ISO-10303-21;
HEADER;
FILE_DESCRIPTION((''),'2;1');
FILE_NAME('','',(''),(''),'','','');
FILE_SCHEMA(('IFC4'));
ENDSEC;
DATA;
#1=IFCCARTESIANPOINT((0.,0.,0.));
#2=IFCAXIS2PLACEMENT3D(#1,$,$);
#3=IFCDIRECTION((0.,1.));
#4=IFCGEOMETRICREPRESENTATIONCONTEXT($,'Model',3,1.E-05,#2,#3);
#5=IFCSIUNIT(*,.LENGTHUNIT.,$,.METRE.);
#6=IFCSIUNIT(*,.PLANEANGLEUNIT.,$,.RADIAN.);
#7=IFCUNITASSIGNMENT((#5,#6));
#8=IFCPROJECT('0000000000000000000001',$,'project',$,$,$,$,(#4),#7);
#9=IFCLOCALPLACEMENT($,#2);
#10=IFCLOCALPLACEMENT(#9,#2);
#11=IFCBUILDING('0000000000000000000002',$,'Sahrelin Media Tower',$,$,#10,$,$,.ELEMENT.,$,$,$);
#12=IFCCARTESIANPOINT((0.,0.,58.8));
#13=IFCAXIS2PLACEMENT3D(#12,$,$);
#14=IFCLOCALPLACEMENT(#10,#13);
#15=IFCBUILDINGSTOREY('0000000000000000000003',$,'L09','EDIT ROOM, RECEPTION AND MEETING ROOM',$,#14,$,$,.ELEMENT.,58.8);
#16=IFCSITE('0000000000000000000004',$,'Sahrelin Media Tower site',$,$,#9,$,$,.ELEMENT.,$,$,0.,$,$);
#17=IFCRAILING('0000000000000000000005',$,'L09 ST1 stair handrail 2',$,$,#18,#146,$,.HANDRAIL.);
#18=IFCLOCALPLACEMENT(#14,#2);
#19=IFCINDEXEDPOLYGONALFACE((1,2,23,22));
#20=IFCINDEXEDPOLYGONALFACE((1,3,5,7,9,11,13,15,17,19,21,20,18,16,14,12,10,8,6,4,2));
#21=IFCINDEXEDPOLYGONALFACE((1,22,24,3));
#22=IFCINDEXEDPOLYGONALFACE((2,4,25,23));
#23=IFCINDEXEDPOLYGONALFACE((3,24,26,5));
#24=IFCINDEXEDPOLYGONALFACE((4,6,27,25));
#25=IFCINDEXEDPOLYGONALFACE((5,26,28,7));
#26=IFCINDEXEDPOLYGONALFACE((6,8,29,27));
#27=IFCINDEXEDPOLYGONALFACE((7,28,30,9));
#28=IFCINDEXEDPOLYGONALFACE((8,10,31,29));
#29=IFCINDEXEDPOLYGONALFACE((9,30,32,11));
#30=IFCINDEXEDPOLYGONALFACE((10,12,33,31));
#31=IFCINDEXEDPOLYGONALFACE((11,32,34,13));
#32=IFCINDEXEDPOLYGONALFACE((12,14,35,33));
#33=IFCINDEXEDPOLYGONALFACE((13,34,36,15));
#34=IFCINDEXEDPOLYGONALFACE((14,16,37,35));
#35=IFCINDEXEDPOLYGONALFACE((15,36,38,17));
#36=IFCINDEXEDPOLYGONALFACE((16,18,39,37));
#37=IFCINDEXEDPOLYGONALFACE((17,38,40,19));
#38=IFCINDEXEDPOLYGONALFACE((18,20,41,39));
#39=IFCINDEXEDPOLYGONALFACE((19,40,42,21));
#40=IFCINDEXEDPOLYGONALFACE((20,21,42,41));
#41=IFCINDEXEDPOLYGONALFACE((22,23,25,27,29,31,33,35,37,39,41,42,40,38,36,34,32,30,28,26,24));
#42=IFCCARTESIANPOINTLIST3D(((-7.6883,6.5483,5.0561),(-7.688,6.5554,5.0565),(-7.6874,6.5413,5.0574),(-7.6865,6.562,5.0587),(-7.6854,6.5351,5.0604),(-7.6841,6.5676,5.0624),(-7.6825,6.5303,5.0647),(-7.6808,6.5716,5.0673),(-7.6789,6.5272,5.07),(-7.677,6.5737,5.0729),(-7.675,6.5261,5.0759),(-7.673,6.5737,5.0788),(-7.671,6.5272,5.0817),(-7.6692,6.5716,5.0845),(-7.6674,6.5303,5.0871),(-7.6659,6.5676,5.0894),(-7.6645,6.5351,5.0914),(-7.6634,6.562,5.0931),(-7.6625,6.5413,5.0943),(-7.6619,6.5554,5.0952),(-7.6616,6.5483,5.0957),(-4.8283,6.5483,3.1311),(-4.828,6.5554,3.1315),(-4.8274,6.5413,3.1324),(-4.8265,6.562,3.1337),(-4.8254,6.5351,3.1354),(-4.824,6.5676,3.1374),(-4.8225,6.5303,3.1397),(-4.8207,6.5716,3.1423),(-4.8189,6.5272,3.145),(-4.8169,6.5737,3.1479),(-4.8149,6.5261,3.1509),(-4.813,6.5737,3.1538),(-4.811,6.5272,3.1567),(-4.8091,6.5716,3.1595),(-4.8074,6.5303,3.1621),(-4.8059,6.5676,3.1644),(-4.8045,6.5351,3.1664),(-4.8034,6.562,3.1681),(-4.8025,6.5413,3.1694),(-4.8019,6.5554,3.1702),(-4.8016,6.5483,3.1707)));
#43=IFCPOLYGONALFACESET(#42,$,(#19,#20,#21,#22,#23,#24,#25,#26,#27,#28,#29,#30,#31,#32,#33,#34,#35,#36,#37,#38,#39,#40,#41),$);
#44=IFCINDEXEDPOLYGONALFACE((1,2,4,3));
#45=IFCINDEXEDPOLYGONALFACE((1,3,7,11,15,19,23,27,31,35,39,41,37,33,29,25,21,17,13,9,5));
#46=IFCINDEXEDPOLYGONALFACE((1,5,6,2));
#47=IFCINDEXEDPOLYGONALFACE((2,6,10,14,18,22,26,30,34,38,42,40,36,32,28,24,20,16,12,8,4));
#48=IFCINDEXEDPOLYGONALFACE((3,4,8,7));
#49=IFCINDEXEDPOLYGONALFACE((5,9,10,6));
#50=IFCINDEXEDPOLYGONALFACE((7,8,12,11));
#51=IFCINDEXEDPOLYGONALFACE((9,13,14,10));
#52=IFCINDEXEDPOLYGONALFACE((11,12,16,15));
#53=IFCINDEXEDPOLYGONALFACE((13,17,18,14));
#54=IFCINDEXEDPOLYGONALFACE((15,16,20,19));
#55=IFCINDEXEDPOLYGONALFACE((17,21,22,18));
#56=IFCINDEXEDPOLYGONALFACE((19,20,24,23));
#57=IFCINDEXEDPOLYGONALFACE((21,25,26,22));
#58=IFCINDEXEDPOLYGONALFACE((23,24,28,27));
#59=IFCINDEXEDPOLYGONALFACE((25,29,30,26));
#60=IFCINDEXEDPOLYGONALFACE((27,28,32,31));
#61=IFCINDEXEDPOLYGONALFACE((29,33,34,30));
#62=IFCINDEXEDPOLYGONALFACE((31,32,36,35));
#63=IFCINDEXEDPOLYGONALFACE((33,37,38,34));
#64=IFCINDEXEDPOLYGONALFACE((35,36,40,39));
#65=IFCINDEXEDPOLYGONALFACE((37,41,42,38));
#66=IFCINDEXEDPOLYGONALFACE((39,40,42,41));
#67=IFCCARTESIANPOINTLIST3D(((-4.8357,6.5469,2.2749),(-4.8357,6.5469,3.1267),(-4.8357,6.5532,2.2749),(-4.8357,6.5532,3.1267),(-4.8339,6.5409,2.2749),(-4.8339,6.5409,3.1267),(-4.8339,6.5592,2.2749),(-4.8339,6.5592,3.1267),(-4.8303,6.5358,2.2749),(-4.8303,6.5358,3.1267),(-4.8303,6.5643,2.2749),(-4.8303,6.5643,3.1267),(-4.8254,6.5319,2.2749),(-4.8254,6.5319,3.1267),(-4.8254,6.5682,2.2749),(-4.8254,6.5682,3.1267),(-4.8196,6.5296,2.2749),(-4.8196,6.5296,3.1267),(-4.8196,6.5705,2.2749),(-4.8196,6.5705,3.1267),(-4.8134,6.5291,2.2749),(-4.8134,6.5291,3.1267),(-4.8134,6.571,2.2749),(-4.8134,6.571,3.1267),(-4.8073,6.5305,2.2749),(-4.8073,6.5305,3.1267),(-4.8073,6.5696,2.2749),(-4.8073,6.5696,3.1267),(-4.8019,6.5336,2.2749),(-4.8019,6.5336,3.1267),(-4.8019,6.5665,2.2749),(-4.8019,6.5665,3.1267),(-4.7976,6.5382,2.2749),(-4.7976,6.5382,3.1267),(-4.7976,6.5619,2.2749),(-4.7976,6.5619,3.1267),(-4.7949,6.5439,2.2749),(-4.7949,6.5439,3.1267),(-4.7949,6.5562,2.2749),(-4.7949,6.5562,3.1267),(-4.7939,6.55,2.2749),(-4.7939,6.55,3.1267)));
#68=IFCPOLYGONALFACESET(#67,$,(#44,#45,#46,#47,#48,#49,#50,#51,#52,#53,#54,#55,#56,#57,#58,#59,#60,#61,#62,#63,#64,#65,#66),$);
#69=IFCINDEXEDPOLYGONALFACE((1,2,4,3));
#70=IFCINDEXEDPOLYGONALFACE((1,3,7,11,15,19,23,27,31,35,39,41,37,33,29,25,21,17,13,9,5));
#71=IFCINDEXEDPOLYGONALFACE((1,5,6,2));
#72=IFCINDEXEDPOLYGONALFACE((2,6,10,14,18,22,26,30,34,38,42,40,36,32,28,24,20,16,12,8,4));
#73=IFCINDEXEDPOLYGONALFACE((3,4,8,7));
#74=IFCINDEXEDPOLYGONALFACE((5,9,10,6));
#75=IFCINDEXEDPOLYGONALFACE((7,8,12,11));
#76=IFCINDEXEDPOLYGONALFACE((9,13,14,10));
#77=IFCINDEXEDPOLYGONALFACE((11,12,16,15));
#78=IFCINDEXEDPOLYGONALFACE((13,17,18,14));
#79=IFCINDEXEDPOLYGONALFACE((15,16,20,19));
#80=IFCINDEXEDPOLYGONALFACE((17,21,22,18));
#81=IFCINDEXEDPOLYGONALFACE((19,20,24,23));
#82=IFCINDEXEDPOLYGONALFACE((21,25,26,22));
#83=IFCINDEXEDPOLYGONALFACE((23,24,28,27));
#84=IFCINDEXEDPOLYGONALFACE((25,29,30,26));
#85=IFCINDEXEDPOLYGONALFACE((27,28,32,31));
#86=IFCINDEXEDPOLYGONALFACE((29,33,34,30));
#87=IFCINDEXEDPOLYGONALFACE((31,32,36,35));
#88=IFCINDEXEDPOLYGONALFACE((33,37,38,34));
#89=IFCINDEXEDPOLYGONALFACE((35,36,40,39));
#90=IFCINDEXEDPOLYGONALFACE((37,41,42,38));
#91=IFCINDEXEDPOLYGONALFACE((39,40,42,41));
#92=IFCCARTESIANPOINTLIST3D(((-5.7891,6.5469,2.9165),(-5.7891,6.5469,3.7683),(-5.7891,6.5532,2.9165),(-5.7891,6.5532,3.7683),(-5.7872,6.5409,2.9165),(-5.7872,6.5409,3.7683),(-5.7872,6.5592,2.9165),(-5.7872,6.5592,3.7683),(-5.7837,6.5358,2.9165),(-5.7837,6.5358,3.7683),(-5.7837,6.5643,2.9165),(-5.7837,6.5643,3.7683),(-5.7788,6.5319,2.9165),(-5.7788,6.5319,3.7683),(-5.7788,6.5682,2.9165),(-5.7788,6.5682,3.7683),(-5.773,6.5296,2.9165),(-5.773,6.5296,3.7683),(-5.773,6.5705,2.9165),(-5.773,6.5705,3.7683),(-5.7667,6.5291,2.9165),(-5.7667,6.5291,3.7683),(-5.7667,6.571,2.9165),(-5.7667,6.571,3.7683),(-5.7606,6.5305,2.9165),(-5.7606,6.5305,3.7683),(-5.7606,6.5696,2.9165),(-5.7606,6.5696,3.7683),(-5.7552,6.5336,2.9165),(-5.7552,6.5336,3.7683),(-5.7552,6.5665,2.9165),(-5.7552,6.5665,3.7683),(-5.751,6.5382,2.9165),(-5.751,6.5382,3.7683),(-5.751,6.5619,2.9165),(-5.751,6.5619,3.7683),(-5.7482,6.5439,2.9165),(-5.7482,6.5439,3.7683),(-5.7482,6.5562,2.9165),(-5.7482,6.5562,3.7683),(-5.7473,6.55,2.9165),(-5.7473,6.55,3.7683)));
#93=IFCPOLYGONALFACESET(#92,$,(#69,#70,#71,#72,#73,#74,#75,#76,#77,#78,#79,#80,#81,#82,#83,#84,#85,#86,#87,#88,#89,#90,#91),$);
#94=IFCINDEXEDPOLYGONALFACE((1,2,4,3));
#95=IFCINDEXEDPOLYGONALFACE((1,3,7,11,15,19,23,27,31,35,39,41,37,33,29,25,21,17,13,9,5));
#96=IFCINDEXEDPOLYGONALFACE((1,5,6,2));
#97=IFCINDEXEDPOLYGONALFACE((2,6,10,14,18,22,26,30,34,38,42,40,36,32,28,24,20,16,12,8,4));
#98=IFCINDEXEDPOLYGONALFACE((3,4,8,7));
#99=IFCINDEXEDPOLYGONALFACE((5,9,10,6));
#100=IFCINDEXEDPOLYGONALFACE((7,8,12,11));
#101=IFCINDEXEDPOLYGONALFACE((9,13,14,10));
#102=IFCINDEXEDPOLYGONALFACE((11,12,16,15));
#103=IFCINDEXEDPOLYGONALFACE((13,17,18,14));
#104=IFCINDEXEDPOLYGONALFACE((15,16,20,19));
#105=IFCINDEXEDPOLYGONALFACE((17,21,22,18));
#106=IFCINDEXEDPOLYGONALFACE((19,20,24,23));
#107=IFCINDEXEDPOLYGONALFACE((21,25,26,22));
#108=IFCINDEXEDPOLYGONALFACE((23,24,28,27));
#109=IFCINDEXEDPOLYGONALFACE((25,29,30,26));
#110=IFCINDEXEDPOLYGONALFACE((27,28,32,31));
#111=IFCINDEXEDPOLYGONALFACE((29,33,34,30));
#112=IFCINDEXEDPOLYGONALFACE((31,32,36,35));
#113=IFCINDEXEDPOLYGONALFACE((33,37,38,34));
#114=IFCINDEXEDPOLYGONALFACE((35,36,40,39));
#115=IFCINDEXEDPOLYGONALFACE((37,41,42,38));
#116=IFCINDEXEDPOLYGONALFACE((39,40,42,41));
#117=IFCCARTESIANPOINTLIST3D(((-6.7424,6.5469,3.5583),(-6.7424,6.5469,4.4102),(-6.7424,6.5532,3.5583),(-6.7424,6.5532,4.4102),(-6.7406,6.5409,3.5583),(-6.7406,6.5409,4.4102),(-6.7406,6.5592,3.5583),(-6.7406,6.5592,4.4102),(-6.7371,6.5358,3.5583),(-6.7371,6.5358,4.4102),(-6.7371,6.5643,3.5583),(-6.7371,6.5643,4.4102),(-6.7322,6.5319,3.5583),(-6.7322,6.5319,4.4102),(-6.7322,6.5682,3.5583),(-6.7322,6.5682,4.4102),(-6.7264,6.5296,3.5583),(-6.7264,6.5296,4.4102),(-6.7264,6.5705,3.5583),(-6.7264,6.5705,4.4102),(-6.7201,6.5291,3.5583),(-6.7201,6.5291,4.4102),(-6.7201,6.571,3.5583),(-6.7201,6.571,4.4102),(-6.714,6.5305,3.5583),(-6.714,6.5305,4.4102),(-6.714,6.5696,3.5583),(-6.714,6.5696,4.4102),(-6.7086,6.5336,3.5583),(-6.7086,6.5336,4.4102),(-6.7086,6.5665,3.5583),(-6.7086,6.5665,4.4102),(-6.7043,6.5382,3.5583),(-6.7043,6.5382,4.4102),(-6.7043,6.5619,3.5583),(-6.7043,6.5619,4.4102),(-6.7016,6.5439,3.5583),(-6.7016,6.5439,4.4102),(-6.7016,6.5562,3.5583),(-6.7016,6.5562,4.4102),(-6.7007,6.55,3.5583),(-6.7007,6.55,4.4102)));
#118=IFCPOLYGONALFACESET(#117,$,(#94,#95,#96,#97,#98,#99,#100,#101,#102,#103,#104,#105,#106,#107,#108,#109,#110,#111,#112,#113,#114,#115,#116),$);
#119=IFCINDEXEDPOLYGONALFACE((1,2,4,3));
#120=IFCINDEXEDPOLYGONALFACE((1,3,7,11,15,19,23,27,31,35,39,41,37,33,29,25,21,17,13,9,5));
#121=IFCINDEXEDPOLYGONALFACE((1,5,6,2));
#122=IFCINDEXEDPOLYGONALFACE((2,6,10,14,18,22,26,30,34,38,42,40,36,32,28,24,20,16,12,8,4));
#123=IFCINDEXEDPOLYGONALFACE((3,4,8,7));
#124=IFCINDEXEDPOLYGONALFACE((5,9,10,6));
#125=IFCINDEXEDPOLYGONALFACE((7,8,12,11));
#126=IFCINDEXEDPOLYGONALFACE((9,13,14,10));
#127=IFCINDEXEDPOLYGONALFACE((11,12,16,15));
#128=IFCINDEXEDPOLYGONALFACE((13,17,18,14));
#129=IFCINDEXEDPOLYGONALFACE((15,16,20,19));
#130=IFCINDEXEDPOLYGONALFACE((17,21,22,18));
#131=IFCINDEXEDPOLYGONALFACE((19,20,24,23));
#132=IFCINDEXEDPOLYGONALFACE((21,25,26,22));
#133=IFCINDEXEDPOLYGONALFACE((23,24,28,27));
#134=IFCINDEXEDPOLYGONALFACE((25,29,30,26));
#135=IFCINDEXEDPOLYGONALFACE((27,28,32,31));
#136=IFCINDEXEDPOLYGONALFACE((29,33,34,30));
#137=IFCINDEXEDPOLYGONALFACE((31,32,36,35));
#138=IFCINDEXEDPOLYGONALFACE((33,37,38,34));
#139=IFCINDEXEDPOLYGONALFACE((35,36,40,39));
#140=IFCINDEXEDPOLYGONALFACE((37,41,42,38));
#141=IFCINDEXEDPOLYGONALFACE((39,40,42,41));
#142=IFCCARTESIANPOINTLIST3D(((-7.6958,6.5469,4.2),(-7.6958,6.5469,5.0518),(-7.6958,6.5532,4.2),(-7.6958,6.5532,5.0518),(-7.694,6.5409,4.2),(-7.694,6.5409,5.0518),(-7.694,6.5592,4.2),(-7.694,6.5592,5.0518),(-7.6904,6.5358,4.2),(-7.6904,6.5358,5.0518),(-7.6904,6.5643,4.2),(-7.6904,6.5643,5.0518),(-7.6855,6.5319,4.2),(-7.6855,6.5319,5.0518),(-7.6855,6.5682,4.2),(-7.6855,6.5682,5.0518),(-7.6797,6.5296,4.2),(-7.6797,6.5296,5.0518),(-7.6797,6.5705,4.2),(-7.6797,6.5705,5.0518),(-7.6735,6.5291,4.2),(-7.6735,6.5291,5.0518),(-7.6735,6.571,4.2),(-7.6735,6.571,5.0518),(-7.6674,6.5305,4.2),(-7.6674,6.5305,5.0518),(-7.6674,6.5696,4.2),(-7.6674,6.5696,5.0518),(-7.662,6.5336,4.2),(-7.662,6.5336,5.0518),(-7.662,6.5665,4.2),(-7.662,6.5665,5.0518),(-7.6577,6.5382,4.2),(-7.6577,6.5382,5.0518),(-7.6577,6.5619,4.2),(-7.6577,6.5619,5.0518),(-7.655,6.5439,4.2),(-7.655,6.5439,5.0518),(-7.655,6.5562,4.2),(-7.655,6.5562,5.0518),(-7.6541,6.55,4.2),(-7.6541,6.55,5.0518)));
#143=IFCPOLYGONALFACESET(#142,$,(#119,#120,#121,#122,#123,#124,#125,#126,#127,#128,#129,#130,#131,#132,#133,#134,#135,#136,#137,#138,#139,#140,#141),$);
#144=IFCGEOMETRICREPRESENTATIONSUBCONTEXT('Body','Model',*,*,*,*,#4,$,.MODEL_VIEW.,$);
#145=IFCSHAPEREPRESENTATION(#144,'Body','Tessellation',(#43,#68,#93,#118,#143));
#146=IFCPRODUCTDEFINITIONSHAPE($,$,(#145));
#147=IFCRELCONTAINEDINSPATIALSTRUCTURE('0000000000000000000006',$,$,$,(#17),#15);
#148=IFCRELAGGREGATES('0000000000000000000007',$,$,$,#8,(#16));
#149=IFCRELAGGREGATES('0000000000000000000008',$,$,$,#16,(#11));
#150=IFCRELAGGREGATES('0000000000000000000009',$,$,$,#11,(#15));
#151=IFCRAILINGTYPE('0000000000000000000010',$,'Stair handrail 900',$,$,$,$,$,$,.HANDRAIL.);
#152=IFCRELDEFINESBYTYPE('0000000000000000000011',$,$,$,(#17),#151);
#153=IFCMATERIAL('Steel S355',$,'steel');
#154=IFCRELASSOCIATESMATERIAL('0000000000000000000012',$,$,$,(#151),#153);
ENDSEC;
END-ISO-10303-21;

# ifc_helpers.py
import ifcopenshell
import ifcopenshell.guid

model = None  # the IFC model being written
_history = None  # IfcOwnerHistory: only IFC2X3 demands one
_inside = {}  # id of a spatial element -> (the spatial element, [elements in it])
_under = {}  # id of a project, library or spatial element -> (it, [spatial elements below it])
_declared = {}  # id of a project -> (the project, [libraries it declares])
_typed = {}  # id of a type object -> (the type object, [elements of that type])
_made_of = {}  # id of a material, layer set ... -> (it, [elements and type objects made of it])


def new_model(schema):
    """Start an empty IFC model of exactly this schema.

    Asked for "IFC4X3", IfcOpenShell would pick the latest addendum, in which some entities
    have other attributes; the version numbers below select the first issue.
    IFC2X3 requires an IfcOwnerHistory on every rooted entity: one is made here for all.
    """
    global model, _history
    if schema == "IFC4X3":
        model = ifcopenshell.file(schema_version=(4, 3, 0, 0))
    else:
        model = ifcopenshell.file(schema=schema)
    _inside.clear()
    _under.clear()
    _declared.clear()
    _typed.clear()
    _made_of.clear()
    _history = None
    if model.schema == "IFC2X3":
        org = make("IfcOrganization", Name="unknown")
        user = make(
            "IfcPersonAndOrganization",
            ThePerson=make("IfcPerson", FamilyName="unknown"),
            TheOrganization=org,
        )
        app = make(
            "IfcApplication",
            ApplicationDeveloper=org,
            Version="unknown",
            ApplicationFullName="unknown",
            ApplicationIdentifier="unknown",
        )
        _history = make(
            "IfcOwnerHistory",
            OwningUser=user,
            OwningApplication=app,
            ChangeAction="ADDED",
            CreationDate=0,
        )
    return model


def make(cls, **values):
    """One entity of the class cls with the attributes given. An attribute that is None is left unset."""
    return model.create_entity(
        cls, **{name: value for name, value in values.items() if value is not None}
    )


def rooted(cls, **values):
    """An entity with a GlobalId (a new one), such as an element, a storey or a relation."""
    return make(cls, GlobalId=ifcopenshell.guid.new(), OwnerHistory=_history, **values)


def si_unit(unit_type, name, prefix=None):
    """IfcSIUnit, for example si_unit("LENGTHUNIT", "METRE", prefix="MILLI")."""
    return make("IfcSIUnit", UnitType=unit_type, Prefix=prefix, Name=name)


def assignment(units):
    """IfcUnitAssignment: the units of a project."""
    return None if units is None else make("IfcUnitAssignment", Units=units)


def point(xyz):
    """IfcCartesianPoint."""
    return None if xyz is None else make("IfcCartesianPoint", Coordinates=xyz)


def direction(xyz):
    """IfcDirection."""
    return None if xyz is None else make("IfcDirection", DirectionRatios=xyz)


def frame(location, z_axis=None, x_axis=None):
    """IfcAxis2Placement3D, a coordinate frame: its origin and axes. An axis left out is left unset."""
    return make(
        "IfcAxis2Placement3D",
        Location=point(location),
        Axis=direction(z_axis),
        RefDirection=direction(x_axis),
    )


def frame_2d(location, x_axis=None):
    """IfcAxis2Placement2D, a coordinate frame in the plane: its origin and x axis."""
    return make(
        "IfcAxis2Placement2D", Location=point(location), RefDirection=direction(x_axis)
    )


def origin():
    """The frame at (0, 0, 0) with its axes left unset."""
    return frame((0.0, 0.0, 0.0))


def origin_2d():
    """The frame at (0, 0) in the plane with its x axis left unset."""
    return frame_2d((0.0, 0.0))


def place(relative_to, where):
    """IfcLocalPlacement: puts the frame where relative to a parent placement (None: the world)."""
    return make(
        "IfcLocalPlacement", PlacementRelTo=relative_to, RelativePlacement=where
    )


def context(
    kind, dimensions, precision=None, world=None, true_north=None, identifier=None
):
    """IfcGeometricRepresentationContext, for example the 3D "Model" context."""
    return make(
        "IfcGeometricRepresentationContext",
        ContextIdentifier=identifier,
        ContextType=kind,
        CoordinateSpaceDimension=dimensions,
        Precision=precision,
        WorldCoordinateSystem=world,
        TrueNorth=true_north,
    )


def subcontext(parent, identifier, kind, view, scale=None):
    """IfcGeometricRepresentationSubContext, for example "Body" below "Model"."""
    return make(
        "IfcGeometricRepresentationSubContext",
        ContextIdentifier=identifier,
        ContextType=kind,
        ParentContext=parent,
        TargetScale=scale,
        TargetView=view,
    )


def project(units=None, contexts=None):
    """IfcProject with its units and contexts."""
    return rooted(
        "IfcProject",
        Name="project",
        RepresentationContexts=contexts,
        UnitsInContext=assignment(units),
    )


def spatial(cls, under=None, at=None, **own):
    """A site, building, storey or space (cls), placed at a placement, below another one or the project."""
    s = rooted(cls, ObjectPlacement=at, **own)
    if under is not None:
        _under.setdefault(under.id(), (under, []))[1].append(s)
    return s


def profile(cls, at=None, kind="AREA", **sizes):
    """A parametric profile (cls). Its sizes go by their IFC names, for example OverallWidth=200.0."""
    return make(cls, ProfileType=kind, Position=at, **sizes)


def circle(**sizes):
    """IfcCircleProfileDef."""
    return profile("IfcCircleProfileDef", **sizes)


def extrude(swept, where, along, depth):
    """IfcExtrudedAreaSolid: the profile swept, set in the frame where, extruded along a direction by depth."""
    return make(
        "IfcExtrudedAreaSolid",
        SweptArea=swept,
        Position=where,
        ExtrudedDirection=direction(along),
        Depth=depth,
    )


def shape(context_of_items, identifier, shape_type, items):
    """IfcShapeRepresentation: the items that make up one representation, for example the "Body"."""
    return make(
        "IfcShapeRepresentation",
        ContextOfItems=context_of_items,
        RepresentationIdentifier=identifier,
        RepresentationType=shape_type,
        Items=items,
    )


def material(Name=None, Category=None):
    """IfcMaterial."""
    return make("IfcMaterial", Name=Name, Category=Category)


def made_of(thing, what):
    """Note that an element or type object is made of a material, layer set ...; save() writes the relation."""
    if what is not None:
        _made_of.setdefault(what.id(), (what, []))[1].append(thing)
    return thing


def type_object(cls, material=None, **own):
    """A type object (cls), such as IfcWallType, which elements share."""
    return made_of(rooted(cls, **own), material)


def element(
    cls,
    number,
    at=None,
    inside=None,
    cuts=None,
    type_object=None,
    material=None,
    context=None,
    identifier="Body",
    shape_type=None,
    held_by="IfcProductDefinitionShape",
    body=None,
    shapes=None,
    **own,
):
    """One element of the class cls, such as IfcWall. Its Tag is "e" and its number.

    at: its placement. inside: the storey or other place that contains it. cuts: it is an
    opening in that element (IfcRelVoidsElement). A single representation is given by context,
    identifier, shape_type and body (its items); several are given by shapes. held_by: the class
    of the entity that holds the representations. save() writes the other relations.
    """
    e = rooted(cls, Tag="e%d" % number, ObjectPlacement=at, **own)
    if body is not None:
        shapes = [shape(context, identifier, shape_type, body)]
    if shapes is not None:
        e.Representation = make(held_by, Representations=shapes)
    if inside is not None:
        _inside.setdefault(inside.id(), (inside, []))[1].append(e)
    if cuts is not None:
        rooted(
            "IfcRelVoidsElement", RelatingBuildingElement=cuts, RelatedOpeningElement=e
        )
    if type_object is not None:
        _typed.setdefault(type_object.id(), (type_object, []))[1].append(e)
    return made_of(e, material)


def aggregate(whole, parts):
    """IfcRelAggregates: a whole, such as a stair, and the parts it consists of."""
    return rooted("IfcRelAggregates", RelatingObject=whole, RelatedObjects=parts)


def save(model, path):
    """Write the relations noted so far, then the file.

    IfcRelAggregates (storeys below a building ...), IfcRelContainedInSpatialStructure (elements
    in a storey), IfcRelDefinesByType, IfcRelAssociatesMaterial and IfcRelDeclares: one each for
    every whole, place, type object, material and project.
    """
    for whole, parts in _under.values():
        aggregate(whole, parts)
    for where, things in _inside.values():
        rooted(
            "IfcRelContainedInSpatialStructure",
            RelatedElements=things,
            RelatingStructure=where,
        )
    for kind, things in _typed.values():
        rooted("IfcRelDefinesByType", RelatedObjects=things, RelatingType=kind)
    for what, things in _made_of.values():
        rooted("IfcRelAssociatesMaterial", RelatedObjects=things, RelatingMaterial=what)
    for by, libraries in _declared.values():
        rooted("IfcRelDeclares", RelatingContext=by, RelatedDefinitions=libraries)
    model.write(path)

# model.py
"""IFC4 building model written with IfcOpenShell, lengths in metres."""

from ifc_helpers import new_model, si_unit, direction, frame, origin, origin_2d, place, context, subcontext, project, spatial, circle, extrude, material, type_object, element, save


model = new_model("IFC4")

# Units and contexts
model_context = context("Model", 3, precision=1e-05, world=origin(), true_north=direction((0.0, 1.0)))
body_context = subcontext(model_context, "Body", "Model", "MODEL_VIEW")
ifc_project = project(units=[si_unit("LENGTHUNIT", "METRE"), si_unit("PLANEANGLEUNIT", "RADIAN")], contexts=[model_context])

# Site, building, storey
site_placement = place(None, origin())
site = spatial("IfcSite", under=ifc_project, at=site_placement, Name="Sahrelin Media Tower site", CompositionType="ELEMENT", RefElevation=0.0)
building_placement = place(site_placement, origin())
building = spatial("IfcBuilding", under=site, at=building_placement, Name="Sahrelin Media Tower", CompositionType="ELEMENT")
storey_placement = place(building_placement, frame((0.0, 0.0, 58.8)))
storey = spatial("IfcBuildingStorey", under=building, at=storey_placement, Name="L09", Description="EDIT ROOM, RECEPTION AND MEETING ROOM", CompositionType="ELEMENT", Elevation=58.8)

# Shared definitions
ifc_material_1 = material(Name="Steel S355", Category="steel")

# Railing
railing_type_1 = type_object("IfcRailingType", Name="Stair handrail 900", PredefinedType="HANDRAIL", material=ifc_material_1)
railing_1_placement = place(storey_placement, frame((-4.8149, 6.55, 2.2749)))
element("IfcRailing", 1, at=railing_1_placement, inside=storey, type_object=railing_type_1, Name="L09 ST1 stair handrail 2", PredefinedType="HANDRAIL", context=body_context, shape_type="SweptSolid", body=[
    extrude(circle(Radius=0.0239, at=origin_2d()), frame((0.0, 0.0, 0.876), z_axis=(-0.829591, 0.0, 0.558372), x_axis=(0.0, -1.0, 0.0)), (0.0, 0.0, 1.0), 3.4475),
    extrude(circle(Radius=0.021, at=origin_2d()), origin(), (0.0, 0.0, 1.0), 0.8518),
    extrude(circle(Radius=0.021, at=origin_2d()), frame((-0.9534, 0.0, 0.6416)), (0.0, 0.0, 1.0), 0.8518),
    extrude(circle(Radius=0.021, at=origin_2d()), frame((-1.9067, 0.0, 1.2834)), (0.0, 0.0, 1.0), 0.8518),
    extrude(circle(Radius=0.021, at=origin_2d()), frame((-2.8601, 0.0, 1.925)), (0.0, 0.0, 1.0), 0.8518),
])

save(model, "model.ifc")
